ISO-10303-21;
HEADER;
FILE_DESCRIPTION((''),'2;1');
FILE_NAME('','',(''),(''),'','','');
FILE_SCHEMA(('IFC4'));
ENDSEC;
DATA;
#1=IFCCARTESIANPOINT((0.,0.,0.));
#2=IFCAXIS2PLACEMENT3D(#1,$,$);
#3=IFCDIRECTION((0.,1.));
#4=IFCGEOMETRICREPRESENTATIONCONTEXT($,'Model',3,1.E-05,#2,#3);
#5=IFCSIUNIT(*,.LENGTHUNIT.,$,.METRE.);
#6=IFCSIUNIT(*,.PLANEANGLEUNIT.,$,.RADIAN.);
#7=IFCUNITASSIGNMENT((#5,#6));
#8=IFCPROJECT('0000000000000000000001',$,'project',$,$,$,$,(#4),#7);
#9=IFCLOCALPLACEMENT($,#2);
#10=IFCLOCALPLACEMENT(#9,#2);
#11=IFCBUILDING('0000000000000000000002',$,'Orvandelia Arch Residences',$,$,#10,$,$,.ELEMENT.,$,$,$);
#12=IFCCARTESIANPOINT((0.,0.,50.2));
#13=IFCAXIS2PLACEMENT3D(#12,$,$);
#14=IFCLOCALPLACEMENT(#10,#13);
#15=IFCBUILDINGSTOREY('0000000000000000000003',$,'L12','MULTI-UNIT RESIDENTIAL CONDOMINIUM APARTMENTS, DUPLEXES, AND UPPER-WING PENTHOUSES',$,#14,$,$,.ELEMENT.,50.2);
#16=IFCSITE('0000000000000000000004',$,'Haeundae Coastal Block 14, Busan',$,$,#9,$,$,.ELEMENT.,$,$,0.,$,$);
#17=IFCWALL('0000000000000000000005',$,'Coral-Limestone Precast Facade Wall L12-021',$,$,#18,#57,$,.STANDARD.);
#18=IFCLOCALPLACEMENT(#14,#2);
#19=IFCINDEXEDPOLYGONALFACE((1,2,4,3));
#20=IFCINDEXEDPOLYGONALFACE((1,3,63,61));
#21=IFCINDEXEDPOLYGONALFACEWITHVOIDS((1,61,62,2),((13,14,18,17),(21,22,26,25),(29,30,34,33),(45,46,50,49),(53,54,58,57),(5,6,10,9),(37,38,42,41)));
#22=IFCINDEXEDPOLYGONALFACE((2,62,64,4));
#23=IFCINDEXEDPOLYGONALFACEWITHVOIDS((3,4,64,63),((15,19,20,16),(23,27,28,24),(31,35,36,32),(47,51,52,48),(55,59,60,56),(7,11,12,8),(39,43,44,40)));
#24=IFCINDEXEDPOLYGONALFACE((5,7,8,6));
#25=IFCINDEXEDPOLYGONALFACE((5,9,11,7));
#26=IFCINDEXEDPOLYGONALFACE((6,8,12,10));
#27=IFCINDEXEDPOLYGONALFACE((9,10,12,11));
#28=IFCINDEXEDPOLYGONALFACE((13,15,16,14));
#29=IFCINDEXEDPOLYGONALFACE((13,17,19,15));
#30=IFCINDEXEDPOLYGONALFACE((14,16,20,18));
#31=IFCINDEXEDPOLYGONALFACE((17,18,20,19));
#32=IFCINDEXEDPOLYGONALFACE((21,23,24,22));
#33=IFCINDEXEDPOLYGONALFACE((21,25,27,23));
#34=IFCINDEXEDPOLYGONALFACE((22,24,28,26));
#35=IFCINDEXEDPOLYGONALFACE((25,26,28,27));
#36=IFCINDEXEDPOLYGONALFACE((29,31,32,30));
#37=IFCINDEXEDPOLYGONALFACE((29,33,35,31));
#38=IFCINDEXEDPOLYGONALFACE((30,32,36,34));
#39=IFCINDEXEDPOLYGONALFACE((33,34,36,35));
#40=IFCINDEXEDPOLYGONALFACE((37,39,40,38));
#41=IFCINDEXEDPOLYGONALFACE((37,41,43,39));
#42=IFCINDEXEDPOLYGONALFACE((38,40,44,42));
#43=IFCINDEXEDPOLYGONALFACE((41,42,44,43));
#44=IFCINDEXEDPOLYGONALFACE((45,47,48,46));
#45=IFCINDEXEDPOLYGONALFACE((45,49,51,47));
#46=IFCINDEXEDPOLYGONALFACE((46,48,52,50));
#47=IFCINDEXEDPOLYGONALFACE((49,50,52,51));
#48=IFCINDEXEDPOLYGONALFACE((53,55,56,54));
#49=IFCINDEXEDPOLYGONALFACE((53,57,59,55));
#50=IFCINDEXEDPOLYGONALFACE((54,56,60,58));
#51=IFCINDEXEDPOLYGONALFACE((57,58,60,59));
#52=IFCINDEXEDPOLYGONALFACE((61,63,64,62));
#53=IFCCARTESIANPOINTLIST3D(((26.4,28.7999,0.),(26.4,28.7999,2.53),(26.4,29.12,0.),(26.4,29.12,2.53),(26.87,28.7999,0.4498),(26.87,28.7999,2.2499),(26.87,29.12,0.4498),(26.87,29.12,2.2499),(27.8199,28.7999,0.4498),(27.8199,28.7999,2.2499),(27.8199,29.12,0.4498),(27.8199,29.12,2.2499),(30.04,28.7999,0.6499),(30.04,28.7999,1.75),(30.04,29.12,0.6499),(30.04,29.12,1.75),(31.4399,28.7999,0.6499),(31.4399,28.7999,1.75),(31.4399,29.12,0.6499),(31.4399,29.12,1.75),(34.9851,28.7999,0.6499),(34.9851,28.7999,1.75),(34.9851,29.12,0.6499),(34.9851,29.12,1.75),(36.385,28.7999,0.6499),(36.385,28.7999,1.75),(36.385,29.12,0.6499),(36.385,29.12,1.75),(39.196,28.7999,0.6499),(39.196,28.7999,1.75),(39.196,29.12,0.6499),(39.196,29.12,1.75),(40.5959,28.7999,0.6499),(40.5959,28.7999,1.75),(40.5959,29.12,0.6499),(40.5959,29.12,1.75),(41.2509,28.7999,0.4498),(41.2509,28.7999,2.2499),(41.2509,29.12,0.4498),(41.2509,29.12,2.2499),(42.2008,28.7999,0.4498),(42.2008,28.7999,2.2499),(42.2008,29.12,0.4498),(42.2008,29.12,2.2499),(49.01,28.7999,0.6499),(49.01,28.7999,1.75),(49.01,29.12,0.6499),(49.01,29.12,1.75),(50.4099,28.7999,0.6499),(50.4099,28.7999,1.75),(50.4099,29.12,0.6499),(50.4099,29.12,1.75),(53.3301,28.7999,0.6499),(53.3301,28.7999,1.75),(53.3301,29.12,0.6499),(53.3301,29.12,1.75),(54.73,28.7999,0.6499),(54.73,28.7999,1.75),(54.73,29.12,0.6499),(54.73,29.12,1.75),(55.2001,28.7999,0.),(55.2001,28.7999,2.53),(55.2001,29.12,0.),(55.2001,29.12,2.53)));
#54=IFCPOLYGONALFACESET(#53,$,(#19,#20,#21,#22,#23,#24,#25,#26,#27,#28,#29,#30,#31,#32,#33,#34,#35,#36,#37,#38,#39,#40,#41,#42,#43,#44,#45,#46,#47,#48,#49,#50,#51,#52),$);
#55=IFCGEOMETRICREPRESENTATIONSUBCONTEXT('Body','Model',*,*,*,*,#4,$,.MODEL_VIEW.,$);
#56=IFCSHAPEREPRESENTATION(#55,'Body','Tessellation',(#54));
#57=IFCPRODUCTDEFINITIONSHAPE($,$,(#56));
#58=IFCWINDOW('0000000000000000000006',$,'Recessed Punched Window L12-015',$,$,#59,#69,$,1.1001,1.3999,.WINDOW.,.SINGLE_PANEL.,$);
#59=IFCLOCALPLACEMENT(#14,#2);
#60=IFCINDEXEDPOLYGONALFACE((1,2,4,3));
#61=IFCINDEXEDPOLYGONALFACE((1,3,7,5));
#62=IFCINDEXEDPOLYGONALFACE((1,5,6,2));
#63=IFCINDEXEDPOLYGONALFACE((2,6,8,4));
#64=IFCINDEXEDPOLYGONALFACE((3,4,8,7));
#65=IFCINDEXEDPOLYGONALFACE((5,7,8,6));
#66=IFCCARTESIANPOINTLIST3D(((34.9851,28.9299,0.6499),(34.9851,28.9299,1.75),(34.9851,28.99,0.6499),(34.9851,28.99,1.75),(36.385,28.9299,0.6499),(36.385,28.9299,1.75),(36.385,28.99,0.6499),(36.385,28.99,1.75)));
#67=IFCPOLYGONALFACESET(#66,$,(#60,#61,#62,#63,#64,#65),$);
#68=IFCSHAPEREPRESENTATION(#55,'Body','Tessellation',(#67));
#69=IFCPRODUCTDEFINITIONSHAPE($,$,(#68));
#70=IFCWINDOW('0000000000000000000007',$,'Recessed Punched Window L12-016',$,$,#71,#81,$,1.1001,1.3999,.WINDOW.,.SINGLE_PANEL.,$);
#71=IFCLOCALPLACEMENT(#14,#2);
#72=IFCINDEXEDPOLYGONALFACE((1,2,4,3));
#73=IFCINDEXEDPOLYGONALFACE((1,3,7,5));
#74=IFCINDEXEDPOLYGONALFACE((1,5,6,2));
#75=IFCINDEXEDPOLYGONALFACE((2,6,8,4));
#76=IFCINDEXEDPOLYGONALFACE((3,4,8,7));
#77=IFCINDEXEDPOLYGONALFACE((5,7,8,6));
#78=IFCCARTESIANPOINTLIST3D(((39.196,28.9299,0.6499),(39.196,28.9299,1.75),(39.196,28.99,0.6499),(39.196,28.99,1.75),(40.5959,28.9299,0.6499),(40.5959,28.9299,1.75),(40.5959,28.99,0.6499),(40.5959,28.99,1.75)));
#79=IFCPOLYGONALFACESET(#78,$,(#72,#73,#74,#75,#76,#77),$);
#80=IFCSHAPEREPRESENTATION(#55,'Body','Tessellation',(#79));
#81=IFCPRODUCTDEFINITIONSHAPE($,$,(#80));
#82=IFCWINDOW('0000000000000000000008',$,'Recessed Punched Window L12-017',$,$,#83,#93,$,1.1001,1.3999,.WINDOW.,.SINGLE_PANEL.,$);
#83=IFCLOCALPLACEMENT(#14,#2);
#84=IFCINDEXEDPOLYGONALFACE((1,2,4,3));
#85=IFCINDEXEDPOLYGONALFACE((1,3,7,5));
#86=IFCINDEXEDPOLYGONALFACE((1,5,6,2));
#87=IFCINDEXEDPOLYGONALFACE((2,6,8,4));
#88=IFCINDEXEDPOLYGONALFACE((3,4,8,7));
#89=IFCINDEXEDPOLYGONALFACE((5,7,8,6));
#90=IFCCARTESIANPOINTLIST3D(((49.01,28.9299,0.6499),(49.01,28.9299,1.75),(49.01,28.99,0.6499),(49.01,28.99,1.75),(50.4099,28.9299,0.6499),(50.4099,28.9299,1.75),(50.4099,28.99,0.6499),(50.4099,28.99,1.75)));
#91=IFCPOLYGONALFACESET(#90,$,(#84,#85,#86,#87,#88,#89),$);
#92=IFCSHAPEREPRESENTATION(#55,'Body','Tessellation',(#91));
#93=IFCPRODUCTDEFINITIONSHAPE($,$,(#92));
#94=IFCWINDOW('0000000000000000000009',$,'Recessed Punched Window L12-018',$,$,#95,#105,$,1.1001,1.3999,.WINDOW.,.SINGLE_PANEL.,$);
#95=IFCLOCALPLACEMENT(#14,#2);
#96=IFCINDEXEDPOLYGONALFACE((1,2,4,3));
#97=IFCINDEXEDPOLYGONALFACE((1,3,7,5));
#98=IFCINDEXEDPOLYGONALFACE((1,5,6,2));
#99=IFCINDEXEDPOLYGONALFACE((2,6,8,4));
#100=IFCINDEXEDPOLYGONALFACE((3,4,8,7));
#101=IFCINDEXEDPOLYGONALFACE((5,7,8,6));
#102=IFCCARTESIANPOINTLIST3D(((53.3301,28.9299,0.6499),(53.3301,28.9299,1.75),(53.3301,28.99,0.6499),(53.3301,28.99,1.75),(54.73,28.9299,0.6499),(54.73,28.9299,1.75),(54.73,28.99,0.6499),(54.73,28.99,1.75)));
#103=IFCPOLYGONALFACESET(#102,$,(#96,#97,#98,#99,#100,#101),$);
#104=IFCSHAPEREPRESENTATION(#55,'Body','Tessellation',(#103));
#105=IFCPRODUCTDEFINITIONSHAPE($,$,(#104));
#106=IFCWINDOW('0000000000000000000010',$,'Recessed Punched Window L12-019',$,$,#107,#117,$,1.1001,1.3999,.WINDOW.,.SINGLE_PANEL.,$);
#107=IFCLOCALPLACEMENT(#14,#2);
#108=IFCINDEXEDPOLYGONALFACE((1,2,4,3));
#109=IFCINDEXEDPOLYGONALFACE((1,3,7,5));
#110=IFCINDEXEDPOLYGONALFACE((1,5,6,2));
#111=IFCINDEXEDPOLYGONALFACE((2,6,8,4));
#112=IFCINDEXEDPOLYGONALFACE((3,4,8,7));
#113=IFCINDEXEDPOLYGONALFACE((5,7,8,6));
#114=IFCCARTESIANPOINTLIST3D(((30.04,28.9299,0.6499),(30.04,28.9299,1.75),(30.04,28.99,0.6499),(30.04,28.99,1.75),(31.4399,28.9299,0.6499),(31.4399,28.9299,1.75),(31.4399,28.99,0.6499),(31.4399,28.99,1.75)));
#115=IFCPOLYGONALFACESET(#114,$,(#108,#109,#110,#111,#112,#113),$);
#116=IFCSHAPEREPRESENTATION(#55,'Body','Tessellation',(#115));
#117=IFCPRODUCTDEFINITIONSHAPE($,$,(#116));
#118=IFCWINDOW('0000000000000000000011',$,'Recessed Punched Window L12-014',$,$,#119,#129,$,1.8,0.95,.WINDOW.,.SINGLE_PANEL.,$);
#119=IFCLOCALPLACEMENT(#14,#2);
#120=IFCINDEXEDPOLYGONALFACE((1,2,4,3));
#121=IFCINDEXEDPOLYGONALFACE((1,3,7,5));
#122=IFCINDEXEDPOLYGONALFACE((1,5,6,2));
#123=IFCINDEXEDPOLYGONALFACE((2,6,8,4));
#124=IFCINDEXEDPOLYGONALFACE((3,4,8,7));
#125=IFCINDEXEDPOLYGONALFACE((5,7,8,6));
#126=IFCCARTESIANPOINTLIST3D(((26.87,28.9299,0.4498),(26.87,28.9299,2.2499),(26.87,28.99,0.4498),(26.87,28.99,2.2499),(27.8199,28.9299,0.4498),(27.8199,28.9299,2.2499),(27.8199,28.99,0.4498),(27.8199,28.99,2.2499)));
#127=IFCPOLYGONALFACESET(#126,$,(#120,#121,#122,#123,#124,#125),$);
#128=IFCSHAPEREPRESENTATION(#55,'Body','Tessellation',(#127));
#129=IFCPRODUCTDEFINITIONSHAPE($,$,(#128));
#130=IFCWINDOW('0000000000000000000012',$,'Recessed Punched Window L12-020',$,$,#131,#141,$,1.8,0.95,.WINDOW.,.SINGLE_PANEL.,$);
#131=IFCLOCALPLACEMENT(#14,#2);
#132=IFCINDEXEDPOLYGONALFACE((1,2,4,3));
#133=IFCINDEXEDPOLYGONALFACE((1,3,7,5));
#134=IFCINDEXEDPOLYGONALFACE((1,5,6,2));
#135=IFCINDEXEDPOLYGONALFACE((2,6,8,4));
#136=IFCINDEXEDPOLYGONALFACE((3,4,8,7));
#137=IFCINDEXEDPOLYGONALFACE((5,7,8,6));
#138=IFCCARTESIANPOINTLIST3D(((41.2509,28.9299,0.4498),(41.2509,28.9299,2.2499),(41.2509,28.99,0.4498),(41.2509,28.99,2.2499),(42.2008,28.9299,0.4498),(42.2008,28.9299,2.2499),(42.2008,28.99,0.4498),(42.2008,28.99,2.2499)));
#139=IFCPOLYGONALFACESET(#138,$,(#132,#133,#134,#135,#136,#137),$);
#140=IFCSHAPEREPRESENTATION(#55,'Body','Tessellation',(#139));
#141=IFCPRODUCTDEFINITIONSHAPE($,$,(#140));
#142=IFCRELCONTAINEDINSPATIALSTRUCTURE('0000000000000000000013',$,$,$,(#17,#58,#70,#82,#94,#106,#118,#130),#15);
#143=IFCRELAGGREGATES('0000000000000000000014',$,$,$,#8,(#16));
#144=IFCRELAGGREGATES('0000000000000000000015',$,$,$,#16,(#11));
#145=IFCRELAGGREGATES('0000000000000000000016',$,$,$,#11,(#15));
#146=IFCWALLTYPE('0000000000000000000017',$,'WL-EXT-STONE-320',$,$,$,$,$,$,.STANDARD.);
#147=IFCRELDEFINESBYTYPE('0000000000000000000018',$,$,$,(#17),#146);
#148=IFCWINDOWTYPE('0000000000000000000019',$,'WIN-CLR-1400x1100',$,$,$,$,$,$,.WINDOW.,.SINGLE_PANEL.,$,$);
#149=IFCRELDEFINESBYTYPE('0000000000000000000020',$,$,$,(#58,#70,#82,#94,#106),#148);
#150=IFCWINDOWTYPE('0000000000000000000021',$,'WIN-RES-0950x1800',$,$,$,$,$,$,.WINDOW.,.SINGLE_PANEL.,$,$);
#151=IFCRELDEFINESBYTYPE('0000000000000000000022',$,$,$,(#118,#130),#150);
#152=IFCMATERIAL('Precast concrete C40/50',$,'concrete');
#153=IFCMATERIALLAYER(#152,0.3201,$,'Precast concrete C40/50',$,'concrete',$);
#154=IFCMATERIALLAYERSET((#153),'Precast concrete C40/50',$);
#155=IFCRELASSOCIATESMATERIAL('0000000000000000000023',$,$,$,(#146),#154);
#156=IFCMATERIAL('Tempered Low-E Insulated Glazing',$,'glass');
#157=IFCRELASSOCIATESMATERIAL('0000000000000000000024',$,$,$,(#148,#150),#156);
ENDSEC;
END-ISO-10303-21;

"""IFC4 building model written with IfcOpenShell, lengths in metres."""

from ifc_helpers import new_model, si_unit, direction, frame, frame_2d, origin, place, context, subcontext, project, spatial, rectangle, extrude, material, layer, layer_set, type_object, element, fill, save


model = new_model("IFC4")

# Units and contexts
model_context = context("Model", 3, precision=1e-05, world=origin(), true_north=direction((0.0, 1.0)))
body_context = subcontext(model_context, "Body", "Model", "MODEL_VIEW")
ifc_project = project(units=[si_unit("LENGTHUNIT", "METRE"), si_unit("PLANEANGLEUNIT", "RADIAN")], contexts=[model_context])

# Site, building, storey
site_placement = place(None, origin())
site = spatial("IfcSite", under=ifc_project, at=site_placement, Name="Haeundae Coastal Block 14, Busan", CompositionType="ELEMENT", RefElevation=0.0)
building_placement = place(site_placement, origin())
building = spatial("IfcBuilding", under=site, at=building_placement, Name="Orvandelia Arch Residences", CompositionType="ELEMENT")
storey_placement = place(building_placement, frame((0.0, 0.0, 50.2)))
storey = spatial("IfcBuildingStorey", under=building, at=storey_placement, Name="L12", Description="MULTI-UNIT RESIDENTIAL CONDOMINIUM APARTMENTS, DUPLEXES, AND UPPER-WING PENTHOUSES", CompositionType="ELEMENT", Elevation=50.2)

# Shared definitions
ifc_material_1 = material(Name="Precast concrete C40/50", Category="concrete")
ifc_layer_1 = layer(ifc_material_1, 0.3201, Name="Precast concrete C40/50", Category="concrete")
ifc_layer_set_1 = layer_set([ifc_layer_1], Name="Precast concrete C40/50")
wall_type_1 = type_object("IfcWallType", Name="WL-EXT-STONE-320", PredefinedType="STANDARD", material=ifc_layer_set_1)

# Wall, openings, windows
wall_1_placement = place(storey_placement, frame((55.2, 28.96, 0.0), z_axis=(0.0, 0.0, 1.0), x_axis=(-1.0, 0.0, 0.0)))
wall_1 = element("IfcWall", 1, at=wall_1_placement, inside=storey, type_object=wall_type_1, Name="Coral-Limestone Precast Facade Wall L12-021", PredefinedType="STANDARD", context=body_context, shape_type="SweptSolid", body=[
    extrude(rectangle(XDim=28.8, YDim=0.3201, at=frame_2d((14.3999, 0.0))), origin(), (0.0, 0.0, 1.0), 2.53),
])
opening_1_placement = place(wall_1_placement, frame((27.3799, 0.0, 0.45)))
opening_1 = element("IfcOpeningElement", 2, at=opening_1_placement, cuts=wall_1, PredefinedType="OPENING", context=body_context, shape_type="SweptSolid", body=[
    extrude(rectangle(XDim=0.95, YDim=1.8, at=frame_2d((0.4751, 0.8999))), frame((0.0, 0.1699, 0.0), z_axis=(0.0, -1.0, 0.0), x_axis=(1.0, 0.0, 0.0)), (0.0, 0.0, 1.0), 0.3401),
])
opening_2_placement = place(wall_1_placement, frame((18.8149, 0.0, 0.6499)))
opening_2 = element("IfcOpeningElement", 3, at=opening_2_placement, cuts=wall_1, PredefinedType="OPENING", context=body_context, shape_type="SweptSolid", body=[
    extrude(rectangle(XDim=1.3999, YDim=1.1001, at=frame_2d((0.7, 0.55))), frame((0.0, 0.1699, 0.0), z_axis=(0.0, -1.0, 0.0), x_axis=(1.0, 0.0, 0.0)), (0.0, 0.0, 1.0), 0.3401),
])
opening_3_placement = place(wall_1_placement, frame((14.604, 0.0, 0.6499)))
opening_3 = element("IfcOpeningElement", 4, at=opening_3_placement, cuts=wall_1, PredefinedType="OPENING", context=body_context, shape_type="SweptSolid", body=[
    extrude(rectangle(XDim=1.3999, YDim=1.1001, at=frame_2d((0.7, 0.55))), frame((0.0, 0.1699, 0.0), z_axis=(0.0, -1.0, 0.0), x_axis=(1.0, 0.0, 0.0)), (0.0, 0.0, 1.0), 0.3401),
])
opening_4_placement = place(wall_1_placement, frame((4.79, 0.0, 0.6499)))
opening_4 = element("IfcOpeningElement", 5, at=opening_4_placement, cuts=wall_1, PredefinedType="OPENING", context=body_context, shape_type="SweptSolid", body=[
    extrude(rectangle(XDim=1.3999, YDim=1.1001, at=frame_2d((0.7, 0.55))), frame((0.0, 0.1699, 0.0), z_axis=(0.0, -1.0, 0.0), x_axis=(1.0, 0.0, 0.0)), (0.0, 0.0, 1.0), 0.3401),
])
opening_5_placement = place(wall_1_placement, frame((0.47, 0.0, 0.6499)))
opening_5 = element("IfcOpeningElement", 6, at=opening_5_placement, cuts=wall_1, PredefinedType="OPENING", context=body_context, shape_type="SweptSolid", body=[
    extrude(rectangle(XDim=1.3999, YDim=1.1001, at=frame_2d((0.7, 0.55))), frame((0.0, 0.1699, 0.0), z_axis=(0.0, -1.0, 0.0), x_axis=(1.0, 0.0, 0.0)), (0.0, 0.0, 1.0), 0.3401),
])
opening_6_placement = place(wall_1_placement, frame((23.76, 0.0, 0.6499)))
opening_6 = element("IfcOpeningElement", 7, at=opening_6_placement, cuts=wall_1, PredefinedType="OPENING", context=body_context, shape_type="SweptSolid", body=[
    extrude(rectangle(XDim=1.3999, YDim=1.1001, at=frame_2d((0.7, 0.55))), frame((0.0, 0.1699, 0.0), z_axis=(0.0, -1.0, 0.0), x_axis=(1.0, 0.0, 0.0)), (0.0, 0.0, 1.0), 0.3401),
])
opening_7_placement = place(wall_1_placement, frame((12.999, 0.0, 0.45)))
opening_7 = element("IfcOpeningElement", 8, at=opening_7_placement, cuts=wall_1, PredefinedType="OPENING", context=body_context, shape_type="SweptSolid", body=[
    extrude(rectangle(XDim=0.95, YDim=1.8, at=frame_2d((0.4751, 0.8999))), frame((0.0, 0.1699, 0.0), z_axis=(0.0, -1.0, 0.0), x_axis=(1.0, 0.0, 0.0)), (0.0, 0.0, 1.0), 0.3401),
])
ifc_material_2 = material(Name="Tempered Low-E Insulated Glazing", Category="glass")
window_type_1 = type_object("IfcWindowType", Name="WIN-CLR-1400x1100", PartitioningType="SINGLE_PANEL", PredefinedType="WINDOW", material=ifc_material_2)
window_1_placement = place(opening_2_placement, origin())
window_1 = element("IfcWindow", 9, at=window_1_placement, inside=storey, type_object=window_type_1, Name="Recessed Punched Window L12-015", OverallHeight=1.1001, OverallWidth=1.3999, PartitioningType="SINGLE_PANEL", PredefinedType="WINDOW", context=body_context, shape_type="SweptSolid", body=[
    extrude(rectangle(XDim=1.3999, YDim=1.1001, at=frame_2d((0.7, 0.55))), frame((0.0, 0.03, 0.0), z_axis=(0.0, -1.0, 0.0), x_axis=(1.0, 0.0, 0.0)), (0.0, 0.0, 1.0), 0.0601),
])
fill(opening_2, window_1)
window_2_placement = place(opening_3_placement, origin())
window_2 = element("IfcWindow", 10, at=window_2_placement, inside=storey, type_object=window_type_1, Name="Recessed Punched Window L12-016", OverallHeight=1.1001, OverallWidth=1.3999, PartitioningType="SINGLE_PANEL", PredefinedType="WINDOW", context=body_context, shape_type="SweptSolid", body=[
    extrude(rectangle(XDim=1.3999, YDim=1.1001, at=frame_2d((0.7, 0.55))), frame((0.0, 0.03, 0.0), z_axis=(0.0, -1.0, 0.0), x_axis=(1.0, 0.0, 0.0)), (0.0, 0.0, 1.0), 0.0601),
])
fill(opening_3, window_2)
window_3_placement = place(opening_4_placement, origin())
window_3 = element("IfcWindow", 11, at=window_3_placement, inside=storey, type_object=window_type_1, Name="Recessed Punched Window L12-017", OverallHeight=1.1001, OverallWidth=1.3999, PartitioningType="SINGLE_PANEL", PredefinedType="WINDOW", context=body_context, shape_type="SweptSolid", body=[
    extrude(rectangle(XDim=1.3999, YDim=1.1001, at=frame_2d((0.7, 0.55))), frame((0.0, 0.03, 0.0), z_axis=(0.0, -1.0, 0.0), x_axis=(1.0, 0.0, 0.0)), (0.0, 0.0, 1.0), 0.0601),
])
fill(opening_4, window_3)
window_4_placement = place(opening_5_placement, origin())
window_4 = element("IfcWindow", 12, at=window_4_placement, inside=storey, type_object=window_type_1, Name="Recessed Punched Window L12-018", OverallHeight=1.1001, OverallWidth=1.3999, PartitioningType="SINGLE_PANEL", PredefinedType="WINDOW", context=body_context, shape_type="SweptSolid", body=[
    extrude(rectangle(XDim=1.3999, YDim=1.1001, at=frame_2d((0.7, 0.55))), frame((0.0, 0.03, 0.0), z_axis=(0.0, -1.0, 0.0), x_axis=(1.0, 0.0, 0.0)), (0.0, 0.0, 1.0), 0.0601),
])
fill(opening_5, window_4)
window_5_placement = place(opening_6_placement, origin())
window_5 = element("IfcWindow", 13, at=window_5_placement, inside=storey, type_object=window_type_1, Name="Recessed Punched Window L12-019", OverallHeight=1.1001, OverallWidth=1.3999, PartitioningType="SINGLE_PANEL", PredefinedType="WINDOW", context=body_context, shape_type="SweptSolid", body=[
    extrude(rectangle(XDim=1.3999, YDim=1.1001, at=frame_2d((0.7, 0.55))), frame((0.0, 0.03, 0.0), z_axis=(0.0, -1.0, 0.0), x_axis=(1.0, 0.0, 0.0)), (0.0, 0.0, 1.0), 0.0601),
])
fill(opening_6, window_5)
window_type_2 = type_object("IfcWindowType", Name="WIN-RES-0950x1800", PartitioningType="SINGLE_PANEL", PredefinedType="WINDOW", material=ifc_material_2)
window_6_placement = place(opening_1_placement, origin())
window_6 = element("IfcWindow", 14, at=window_6_placement, inside=storey, type_object=window_type_2, Name="Recessed Punched Window L12-014", OverallHeight=1.8, OverallWidth=0.95, PartitioningType="SINGLE_PANEL", PredefinedType="WINDOW", context=body_context, shape_type="SweptSolid", body=[
    extrude(rectangle(XDim=0.95, YDim=1.8, at=frame_2d((0.4751, 0.8999))), frame((0.0, 0.03, 0.0), z_axis=(0.0, -1.0, 0.0), x_axis=(1.0, 0.0, 0.0)), (0.0, 0.0, 1.0), 0.0601),
])
fill(opening_1, window_6)
window_7_placement = place(opening_7_placement, origin())
window_7 = element("IfcWindow", 15, at=window_7_placement, inside=storey, type_object=window_type_2, Name="Recessed Punched Window L12-020", OverallHeight=1.8, OverallWidth=0.95, PartitioningType="SINGLE_PANEL", PredefinedType="WINDOW", context=body_context, shape_type="SweptSolid", body=[
    extrude(rectangle(XDim=0.95, YDim=1.8, at=frame_2d((0.4751, 0.8999))), frame((0.0, 0.03, 0.0), z_axis=(0.0, -1.0, 0.0), x_axis=(1.0, 0.0, 0.0)), (0.0, 0.0, 1.0), 0.0601),
])
fill(opening_7, window_7)

save(model, "model.ifc")
